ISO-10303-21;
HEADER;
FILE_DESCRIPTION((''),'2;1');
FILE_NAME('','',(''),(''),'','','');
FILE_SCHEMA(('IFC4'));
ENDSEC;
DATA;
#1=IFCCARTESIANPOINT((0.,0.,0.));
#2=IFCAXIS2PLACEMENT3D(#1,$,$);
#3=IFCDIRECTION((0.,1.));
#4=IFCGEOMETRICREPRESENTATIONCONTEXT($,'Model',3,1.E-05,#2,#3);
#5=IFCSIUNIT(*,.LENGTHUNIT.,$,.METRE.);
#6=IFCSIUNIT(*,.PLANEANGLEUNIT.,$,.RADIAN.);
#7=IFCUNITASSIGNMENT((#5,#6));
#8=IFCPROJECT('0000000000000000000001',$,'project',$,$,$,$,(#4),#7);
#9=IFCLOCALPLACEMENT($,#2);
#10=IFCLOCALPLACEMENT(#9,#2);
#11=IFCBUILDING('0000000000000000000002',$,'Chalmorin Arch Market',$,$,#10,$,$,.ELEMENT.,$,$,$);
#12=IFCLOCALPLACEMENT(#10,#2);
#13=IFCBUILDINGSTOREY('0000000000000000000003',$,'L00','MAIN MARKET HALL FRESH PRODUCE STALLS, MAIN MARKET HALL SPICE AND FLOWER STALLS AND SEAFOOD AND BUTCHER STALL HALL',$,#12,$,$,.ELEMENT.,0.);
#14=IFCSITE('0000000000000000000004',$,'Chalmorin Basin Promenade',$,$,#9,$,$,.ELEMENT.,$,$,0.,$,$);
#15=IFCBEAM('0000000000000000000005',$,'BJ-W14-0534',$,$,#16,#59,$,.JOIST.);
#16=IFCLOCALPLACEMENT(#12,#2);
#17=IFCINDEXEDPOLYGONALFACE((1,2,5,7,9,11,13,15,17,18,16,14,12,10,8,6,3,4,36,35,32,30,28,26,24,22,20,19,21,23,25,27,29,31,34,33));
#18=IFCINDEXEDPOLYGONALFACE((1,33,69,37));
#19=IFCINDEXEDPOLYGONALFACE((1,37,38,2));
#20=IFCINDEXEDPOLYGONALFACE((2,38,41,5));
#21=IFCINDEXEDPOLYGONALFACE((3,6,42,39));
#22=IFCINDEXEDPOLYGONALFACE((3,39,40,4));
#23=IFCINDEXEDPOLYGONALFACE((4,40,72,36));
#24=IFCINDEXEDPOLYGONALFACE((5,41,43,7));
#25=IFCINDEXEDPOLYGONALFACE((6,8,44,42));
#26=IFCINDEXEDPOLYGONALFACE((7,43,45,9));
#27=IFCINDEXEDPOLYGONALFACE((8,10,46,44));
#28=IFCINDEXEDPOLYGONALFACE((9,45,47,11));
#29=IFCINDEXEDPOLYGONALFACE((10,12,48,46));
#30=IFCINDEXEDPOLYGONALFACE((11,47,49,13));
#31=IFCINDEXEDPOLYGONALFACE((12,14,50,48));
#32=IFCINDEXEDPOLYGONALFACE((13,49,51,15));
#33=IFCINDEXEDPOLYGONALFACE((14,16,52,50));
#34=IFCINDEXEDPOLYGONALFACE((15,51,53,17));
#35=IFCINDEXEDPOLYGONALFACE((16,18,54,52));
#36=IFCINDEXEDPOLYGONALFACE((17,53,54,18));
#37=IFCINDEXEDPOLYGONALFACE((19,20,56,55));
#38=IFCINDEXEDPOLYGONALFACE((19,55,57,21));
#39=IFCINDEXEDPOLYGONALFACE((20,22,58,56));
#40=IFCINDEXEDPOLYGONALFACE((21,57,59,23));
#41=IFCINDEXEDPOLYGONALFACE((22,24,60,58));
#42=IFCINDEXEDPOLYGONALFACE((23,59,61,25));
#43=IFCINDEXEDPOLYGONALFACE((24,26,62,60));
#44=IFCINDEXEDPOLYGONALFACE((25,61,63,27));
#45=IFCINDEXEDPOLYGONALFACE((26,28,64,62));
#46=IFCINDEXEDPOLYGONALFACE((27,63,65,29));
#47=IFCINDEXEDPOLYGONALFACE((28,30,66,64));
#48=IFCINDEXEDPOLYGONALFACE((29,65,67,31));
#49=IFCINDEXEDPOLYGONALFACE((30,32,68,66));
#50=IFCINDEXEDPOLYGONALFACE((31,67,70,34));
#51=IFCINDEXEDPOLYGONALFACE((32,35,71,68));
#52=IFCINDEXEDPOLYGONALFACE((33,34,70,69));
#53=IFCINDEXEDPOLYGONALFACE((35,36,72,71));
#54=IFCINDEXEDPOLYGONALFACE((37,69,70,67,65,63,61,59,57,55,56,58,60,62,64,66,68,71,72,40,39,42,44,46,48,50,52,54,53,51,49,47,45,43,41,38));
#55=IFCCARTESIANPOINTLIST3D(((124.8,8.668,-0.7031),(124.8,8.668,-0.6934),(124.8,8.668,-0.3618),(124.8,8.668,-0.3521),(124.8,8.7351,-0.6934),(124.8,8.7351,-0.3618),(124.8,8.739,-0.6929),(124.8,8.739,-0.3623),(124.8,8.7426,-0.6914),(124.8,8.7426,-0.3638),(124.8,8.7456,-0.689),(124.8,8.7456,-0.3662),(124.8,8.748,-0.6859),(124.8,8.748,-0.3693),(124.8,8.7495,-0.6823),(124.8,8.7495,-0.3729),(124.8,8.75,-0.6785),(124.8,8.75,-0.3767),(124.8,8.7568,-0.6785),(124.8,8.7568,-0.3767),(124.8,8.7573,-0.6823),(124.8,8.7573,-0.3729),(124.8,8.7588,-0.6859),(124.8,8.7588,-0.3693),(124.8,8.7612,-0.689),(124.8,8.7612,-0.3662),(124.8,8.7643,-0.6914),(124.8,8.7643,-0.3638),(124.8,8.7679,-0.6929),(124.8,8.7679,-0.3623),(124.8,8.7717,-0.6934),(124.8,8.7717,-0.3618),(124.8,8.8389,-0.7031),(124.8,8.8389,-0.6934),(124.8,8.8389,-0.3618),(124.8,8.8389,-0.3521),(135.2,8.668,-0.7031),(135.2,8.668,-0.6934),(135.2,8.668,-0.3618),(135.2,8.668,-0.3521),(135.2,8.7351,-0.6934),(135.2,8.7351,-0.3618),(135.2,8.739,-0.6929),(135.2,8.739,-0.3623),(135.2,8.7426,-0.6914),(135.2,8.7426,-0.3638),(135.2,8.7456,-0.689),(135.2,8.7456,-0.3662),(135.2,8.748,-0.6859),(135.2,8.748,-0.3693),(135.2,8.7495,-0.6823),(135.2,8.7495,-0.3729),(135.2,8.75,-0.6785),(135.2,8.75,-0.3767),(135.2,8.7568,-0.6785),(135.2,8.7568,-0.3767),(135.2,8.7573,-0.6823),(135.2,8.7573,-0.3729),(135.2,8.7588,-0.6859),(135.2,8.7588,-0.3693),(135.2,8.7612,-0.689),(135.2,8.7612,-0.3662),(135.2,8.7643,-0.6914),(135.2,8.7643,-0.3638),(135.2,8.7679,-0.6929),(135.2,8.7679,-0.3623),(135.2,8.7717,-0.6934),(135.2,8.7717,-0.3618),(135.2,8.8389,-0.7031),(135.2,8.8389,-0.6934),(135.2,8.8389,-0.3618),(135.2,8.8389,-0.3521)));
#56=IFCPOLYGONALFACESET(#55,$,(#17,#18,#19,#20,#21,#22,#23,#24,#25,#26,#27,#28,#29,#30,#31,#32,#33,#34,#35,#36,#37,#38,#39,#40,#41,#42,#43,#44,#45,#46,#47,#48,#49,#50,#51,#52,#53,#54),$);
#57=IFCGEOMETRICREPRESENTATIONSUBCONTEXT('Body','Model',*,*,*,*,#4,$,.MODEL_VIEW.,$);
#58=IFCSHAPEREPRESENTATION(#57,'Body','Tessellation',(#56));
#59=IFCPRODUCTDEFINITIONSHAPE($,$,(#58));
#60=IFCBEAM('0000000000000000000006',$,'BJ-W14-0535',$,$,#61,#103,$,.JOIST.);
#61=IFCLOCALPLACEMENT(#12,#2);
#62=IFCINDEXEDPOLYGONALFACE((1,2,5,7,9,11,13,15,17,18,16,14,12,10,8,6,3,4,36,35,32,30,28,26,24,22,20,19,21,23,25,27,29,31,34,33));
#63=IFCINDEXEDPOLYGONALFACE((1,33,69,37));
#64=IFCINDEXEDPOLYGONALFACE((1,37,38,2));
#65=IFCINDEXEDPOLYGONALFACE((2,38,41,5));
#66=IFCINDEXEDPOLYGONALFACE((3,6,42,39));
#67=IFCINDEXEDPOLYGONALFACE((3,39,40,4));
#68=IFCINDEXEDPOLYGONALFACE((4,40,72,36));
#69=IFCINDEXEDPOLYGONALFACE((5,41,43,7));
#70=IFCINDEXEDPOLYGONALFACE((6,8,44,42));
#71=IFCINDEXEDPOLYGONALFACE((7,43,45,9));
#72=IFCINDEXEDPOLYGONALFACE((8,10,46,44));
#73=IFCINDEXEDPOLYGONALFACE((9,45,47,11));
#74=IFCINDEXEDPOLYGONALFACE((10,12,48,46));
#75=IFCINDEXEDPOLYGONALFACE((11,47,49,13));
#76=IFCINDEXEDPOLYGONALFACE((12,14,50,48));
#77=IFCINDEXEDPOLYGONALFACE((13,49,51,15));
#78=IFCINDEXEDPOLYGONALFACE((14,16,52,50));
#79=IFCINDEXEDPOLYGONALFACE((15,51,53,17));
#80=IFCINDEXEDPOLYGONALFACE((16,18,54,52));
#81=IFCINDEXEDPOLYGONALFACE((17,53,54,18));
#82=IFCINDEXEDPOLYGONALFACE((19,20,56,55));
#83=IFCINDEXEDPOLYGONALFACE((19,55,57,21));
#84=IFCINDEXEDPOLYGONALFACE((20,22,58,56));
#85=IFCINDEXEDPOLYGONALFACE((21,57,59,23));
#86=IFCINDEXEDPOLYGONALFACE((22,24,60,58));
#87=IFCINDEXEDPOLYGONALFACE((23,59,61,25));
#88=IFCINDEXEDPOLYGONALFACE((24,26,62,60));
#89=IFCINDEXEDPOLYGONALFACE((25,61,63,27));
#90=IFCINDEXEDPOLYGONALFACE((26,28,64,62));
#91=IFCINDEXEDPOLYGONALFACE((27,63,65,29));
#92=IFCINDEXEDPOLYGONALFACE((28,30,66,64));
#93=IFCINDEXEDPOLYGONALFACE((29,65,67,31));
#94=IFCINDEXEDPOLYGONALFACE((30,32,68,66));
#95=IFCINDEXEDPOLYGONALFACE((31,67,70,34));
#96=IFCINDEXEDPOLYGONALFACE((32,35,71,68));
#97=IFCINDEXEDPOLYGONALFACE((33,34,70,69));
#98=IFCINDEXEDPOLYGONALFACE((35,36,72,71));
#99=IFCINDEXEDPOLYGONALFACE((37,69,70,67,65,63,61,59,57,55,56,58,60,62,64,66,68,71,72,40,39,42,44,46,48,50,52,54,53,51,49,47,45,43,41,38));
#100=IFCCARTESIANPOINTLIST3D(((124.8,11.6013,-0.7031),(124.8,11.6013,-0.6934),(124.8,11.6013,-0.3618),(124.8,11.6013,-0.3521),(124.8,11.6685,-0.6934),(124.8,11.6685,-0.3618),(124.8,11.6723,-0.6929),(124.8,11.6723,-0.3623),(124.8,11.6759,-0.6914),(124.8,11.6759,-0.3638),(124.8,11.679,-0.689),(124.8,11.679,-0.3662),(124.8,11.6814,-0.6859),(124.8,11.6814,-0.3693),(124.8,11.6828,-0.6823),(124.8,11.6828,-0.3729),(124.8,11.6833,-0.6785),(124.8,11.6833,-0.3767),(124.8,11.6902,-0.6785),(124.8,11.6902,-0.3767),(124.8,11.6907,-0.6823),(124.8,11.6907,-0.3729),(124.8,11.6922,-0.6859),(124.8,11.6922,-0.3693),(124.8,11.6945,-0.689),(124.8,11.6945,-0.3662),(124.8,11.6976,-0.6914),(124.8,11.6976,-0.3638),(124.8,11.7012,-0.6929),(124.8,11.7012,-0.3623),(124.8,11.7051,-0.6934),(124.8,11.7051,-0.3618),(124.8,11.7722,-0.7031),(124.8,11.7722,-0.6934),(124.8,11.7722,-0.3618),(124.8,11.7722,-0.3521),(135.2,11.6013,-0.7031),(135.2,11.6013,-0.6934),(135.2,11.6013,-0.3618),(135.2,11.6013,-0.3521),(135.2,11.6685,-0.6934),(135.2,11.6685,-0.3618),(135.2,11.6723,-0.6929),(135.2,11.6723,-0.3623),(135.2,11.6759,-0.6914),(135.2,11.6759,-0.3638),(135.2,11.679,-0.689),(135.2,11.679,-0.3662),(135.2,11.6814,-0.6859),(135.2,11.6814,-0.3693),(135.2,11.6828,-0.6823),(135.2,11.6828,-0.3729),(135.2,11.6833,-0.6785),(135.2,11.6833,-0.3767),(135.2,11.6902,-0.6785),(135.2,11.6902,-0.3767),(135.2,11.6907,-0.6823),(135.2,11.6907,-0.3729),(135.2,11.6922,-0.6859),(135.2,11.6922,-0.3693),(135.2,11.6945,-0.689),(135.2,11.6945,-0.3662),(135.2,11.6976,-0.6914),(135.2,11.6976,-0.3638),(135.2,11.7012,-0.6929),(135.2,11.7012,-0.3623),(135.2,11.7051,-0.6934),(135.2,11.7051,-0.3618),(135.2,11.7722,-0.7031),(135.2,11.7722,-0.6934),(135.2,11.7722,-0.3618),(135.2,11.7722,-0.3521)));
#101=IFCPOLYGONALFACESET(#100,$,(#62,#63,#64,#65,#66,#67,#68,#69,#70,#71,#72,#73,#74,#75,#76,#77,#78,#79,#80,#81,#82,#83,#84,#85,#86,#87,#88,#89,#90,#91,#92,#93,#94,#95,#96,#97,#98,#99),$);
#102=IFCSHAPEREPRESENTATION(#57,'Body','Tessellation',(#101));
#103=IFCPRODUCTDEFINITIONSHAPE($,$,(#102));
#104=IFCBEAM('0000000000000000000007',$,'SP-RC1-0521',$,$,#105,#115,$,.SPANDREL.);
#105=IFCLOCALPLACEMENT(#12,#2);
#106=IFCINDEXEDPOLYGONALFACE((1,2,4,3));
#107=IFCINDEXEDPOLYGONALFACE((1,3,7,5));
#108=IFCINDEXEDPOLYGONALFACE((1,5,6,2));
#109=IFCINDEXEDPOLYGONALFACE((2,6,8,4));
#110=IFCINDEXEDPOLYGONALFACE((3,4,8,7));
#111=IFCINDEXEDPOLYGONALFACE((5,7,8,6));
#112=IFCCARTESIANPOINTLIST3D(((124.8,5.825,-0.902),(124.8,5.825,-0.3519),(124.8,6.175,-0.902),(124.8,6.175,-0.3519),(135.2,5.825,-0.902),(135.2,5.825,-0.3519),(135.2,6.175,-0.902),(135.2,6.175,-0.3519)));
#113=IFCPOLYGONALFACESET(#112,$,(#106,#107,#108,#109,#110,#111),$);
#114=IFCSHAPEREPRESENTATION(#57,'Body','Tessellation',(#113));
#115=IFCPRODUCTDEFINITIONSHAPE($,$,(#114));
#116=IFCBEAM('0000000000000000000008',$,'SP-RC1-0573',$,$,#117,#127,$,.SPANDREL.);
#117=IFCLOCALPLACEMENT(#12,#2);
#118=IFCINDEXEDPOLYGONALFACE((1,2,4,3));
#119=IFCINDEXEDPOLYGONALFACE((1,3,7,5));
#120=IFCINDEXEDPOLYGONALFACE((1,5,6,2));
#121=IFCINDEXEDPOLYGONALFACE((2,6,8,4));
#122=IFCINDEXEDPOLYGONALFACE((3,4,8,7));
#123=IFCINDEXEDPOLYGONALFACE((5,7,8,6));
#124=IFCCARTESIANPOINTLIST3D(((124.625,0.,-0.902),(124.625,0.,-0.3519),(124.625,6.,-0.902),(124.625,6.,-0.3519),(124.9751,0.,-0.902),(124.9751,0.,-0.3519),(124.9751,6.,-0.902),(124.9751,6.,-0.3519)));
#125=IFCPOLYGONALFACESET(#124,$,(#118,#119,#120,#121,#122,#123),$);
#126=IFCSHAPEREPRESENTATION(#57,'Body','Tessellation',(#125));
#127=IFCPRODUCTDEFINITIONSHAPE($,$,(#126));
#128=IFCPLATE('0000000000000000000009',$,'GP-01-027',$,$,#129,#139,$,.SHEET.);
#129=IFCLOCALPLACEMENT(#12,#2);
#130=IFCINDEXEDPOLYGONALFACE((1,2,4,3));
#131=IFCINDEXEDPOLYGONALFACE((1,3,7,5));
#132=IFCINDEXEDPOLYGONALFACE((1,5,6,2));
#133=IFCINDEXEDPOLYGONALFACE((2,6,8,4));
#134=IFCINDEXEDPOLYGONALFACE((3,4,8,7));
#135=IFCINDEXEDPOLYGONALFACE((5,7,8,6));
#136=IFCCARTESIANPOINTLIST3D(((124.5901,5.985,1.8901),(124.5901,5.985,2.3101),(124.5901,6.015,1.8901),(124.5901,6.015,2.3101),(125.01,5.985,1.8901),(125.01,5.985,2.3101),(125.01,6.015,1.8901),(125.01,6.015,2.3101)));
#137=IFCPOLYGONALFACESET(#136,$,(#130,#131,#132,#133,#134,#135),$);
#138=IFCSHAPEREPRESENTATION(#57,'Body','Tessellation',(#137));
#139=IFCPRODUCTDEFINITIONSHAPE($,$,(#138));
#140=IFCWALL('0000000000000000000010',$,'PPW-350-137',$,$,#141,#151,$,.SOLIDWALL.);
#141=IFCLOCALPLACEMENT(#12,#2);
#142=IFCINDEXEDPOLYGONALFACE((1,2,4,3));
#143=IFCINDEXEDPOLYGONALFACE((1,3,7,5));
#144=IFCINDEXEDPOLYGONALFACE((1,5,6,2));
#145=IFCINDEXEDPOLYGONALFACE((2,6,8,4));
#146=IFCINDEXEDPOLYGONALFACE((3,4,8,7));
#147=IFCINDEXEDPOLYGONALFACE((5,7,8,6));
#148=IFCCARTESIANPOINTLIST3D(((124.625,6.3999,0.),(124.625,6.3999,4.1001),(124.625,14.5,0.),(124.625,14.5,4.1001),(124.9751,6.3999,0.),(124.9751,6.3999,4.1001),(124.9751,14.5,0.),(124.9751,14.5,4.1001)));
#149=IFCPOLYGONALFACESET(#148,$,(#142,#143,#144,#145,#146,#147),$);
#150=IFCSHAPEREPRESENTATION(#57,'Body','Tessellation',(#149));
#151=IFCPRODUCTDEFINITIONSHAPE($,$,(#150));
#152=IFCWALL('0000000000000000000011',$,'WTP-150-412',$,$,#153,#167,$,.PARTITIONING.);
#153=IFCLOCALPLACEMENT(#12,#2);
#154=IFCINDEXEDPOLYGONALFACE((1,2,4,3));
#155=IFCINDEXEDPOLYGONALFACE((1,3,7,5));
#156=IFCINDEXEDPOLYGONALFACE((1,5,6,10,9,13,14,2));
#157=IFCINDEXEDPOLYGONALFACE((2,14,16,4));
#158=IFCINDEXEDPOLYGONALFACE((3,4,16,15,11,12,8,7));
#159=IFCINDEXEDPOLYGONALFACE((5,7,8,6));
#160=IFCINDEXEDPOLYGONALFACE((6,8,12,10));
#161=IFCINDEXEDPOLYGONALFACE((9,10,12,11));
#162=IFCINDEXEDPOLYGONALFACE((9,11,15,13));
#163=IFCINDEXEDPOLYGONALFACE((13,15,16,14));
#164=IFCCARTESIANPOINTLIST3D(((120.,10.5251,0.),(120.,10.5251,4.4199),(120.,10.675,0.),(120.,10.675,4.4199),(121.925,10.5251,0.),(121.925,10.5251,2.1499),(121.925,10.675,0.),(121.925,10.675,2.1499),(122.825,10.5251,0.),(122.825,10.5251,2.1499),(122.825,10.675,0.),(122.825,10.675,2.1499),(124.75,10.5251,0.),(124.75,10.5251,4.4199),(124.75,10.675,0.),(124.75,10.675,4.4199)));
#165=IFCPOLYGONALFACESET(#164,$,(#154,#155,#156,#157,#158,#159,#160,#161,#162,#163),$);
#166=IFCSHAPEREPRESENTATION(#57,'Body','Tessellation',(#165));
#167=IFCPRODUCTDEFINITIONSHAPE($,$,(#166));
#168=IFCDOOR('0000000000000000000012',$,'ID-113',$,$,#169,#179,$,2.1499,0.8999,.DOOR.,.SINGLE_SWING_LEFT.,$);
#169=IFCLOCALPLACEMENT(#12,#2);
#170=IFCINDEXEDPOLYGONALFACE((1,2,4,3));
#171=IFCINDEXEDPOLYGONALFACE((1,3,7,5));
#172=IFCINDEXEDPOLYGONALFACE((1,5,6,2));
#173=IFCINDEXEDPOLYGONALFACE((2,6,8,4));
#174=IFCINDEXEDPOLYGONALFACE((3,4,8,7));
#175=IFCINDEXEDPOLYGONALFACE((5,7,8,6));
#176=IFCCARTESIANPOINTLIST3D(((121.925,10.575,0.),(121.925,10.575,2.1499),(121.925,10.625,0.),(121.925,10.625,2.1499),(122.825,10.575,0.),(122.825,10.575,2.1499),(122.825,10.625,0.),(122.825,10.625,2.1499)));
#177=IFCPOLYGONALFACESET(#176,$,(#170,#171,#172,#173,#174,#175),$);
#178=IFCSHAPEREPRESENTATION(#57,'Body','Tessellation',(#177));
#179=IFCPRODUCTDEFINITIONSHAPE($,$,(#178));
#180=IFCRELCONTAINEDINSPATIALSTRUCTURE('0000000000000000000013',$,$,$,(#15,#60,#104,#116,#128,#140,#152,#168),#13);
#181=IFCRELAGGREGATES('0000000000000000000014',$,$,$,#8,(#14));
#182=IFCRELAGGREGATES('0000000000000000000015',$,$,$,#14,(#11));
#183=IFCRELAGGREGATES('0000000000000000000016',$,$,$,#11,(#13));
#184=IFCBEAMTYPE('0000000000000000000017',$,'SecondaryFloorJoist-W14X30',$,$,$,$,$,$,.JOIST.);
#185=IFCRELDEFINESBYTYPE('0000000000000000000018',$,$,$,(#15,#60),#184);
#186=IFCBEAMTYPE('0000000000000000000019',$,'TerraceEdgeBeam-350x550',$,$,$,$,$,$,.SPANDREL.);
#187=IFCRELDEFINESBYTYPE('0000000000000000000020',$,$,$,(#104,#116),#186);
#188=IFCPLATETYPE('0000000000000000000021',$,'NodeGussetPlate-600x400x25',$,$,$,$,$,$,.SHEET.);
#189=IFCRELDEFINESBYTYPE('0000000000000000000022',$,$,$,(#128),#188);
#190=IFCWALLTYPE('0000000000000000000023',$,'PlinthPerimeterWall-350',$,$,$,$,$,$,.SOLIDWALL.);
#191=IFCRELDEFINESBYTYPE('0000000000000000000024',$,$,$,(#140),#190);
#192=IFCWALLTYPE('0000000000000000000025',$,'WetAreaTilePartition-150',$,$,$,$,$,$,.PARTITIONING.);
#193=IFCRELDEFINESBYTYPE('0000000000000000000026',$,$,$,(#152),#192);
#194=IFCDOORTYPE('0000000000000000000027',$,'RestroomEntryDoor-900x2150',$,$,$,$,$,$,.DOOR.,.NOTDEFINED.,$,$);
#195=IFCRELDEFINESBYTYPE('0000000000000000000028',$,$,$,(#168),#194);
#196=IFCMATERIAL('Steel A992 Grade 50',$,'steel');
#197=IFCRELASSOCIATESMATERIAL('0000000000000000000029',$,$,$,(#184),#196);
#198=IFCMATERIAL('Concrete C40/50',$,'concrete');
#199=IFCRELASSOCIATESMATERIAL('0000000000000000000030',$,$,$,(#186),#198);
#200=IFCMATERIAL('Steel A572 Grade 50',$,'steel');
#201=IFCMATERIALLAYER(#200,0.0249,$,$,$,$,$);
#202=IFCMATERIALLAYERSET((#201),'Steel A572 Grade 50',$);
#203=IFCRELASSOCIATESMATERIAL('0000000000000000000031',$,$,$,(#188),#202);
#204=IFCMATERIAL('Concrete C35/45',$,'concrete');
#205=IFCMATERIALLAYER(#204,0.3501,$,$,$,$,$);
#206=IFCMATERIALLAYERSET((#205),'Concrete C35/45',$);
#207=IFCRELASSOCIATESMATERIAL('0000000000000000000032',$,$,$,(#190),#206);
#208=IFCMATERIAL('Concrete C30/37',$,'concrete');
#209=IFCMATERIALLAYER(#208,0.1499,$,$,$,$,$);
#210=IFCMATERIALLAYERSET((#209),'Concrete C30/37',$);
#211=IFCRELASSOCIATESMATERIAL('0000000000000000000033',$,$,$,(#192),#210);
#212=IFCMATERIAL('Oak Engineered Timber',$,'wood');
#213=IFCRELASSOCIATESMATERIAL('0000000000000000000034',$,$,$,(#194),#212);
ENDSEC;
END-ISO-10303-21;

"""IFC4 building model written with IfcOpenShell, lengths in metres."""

from ifc_helpers import new_model, si_unit, direction, frame, frame_2d, origin, origin_2d, place, context, subcontext, project, spatial, rectangle, i_section, extrude, material, layer, layer_set, material_profile, profile_set, type_object, element, fill, save


model = new_model("IFC4")

# Units and contexts
model_context = context("Model", 3, precision=1e-05, world=origin(), true_north=direction((0.0, 1.0)))
body_context = subcontext(model_context, "Body", "Model", "MODEL_VIEW")
ifc_project = project(units=[si_unit("LENGTHUNIT", "METRE"), si_unit("PLANEANGLEUNIT", "RADIAN")], contexts=[model_context])

# Site, building, storey
site_placement = place(None, origin())
site = spatial("IfcSite", under=ifc_project, at=site_placement, Name="Chalmorin Basin Promenade", CompositionType="ELEMENT", RefElevation=0.0)
building_placement = place(site_placement, origin())
building = spatial("IfcBuilding", under=site, at=building_placement, Name="Chalmorin Arch Market", CompositionType="ELEMENT")
storey_placement = place(building_placement, origin())
storey = spatial("IfcBuildingStorey", under=building, at=storey_placement, Name="L00", Description="MAIN MARKET HALL FRESH PRODUCE STALLS, MAIN MARKET HALL SPICE AND FLOWER STALLS AND SEAFOOD AND BUTCHER STALL HALL", CompositionType="ELEMENT", Elevation=0.0)

# Shared definitions
ifc_material_1 = material(Name="Concrete C40/50", Category="concrete")

# Beams
ifc_material_2 = material(Name="Steel A992 Grade 50", Category="steel")
ifc_material_profile_1 = material_profile(ifc_material_2, i_section(OverallWidth=0.1709, OverallDepth=0.3511, WebThickness=0.0068, FlangeThickness=0.0098, FilletRadius=0.0149, at=origin_2d()), Name="W14X30")
ifc_profile_set_1 = profile_set([ifc_material_profile_1], Name="Steel A992 Grade 50")
beam_type_1 = type_object("IfcBeamType", Name="SecondaryFloorJoist-W14X30", PredefinedType="JOIST", material=ifc_profile_set_1)
for number, where, z_axis, x_axis, name in (
    (1, (124.8, 8.7534, -0.5276), (1.0, 0.0, 0.0), (0.0, 1.0, 0.0), "BJ-W14-0534"),
    (2, (124.8, 11.6868, -0.5276), (1.0, 0.0, 0.0), (0.0, 1.0, 0.0), "BJ-W14-0535"),
):
    element("IfcBeam", number, at=place(storey_placement, frame(where, z_axis=z_axis, x_axis=x_axis)), inside=storey, type_object=beam_type_1, Name=name, PredefinedType="JOIST", context=body_context, shape_type="SweptSolid", body=[
        extrude(i_section(OverallWidth=0.1709, OverallDepth=0.3511, WebThickness=0.0068, FlangeThickness=0.0098, FilletRadius=0.0149, at=origin_2d()), origin(), (0.0, 0.0, 1.0), 10.3999),
    ])
ifc_material_profile_2 = material_profile(ifc_material_1, rectangle(XDim=0.3501, YDim=0.55, at=origin_2d()), Name="RC350X550")
ifc_profile_set_2 = profile_set([ifc_material_profile_2], Name="Concrete C40/50")
beam_type_2 = type_object("IfcBeamType", Name="TerraceEdgeBeam-350x550", PredefinedType="SPANDREL", material=ifc_profile_set_2)
beam_1_placement = place(storey_placement, frame((124.8, 6.0, -0.627), z_axis=(1.0, 0.0, 0.0), x_axis=(0.0, 1.0, 0.0)))
element("IfcBeam", 3, at=beam_1_placement, inside=storey, type_object=beam_type_2, Name="SP-RC1-0521", PredefinedType="SPANDREL", context=body_context, shape_type="SweptSolid", body=[
    extrude(rectangle(XDim=0.3501, YDim=0.55, at=origin_2d()), origin(), (0.0, 0.0, 1.0), 10.3999),
])
beam_2_placement = place(storey_placement, frame((124.8, 0.0, -0.627), z_axis=(0.0, 1.0, 0.0), x_axis=(-1.0, 0.0, 0.0)))
element("IfcBeam", 4, at=beam_2_placement, inside=storey, type_object=beam_type_2, Name="SP-RC1-0573", PredefinedType="SPANDREL", context=body_context, shape_type="SweptSolid", body=[
    extrude(rectangle(XDim=0.3501, YDim=0.55, at=origin_2d()), origin(), (0.0, 0.0, 1.0), 6.0),
])

# Plate
ifc_material_3 = material(Name="Steel A572 Grade 50", Category="steel")
ifc_layer_1 = layer(ifc_material_3, 0.0249)
ifc_layer_set_1 = layer_set([ifc_layer_1], Name="Steel A572 Grade 50")
plate_type = type_object("IfcPlateType", Name="NodeGussetPlate-600x400x25", PredefinedType="SHEET", material=ifc_layer_set_1)
plate_placement = place(storey_placement, frame((124.8, 6.0, 1.8901), z_axis=(0.0, 0.0, 1.0), x_axis=(1.0, 0.0, 0.0)))
element("IfcPlate", 5, at=plate_placement, inside=storey, type_object=plate_type, Name="GP-01-027", PredefinedType="SHEET", context=body_context, shape_type="SweptSolid", body=[
    extrude(rectangle(XDim=0.4199, YDim=0.03, at=origin_2d()), origin(), (0.0, 0.0, 1.0), 0.4199),
])

# Wall
ifc_material_4 = material(Name="Concrete C35/45", Category="concrete")
ifc_layer_2 = layer(ifc_material_4, 0.3501)
ifc_layer_set_2 = layer_set([ifc_layer_2], Name="Concrete C35/45")
wall_type_1 = type_object("IfcWallType", Name="PlinthPerimeterWall-350", PredefinedType="SOLIDWALL", material=ifc_layer_set_2)
wall_1_placement = place(storey_placement, frame((124.8, 6.3999, 0.0), z_axis=(0.0, 0.0, 1.0), x_axis=(0.0, 1.0, 0.0)))
element("IfcWall", 6, at=wall_1_placement, inside=storey, type_object=wall_type_1, Name="PPW-350-137", PredefinedType="SOLIDWALL", context=body_context, shape_type="SweptSolid", body=[
    extrude(rectangle(XDim=8.1001, YDim=0.3501, at=frame_2d((4.05, 0.0))), origin(), (0.0, 0.0, 1.0), 4.1001),
])

# Wall, opening, door
ifc_material_5 = material(Name="Concrete C30/37", Category="concrete")
ifc_layer_3 = layer(ifc_material_5, 0.1499)
ifc_layer_set_3 = layer_set([ifc_layer_3], Name="Concrete C30/37")
wall_type_2 = type_object("IfcWallType", Name="WetAreaTilePartition-150", PredefinedType="PARTITIONING", material=ifc_layer_set_3)
wall_2_placement = place(storey_placement, frame((120.0, 10.6001, 0.0), z_axis=(0.0, 0.0, 1.0), x_axis=(1.0, 0.0, 0.0)))
wall_2 = element("IfcWall", 7, at=wall_2_placement, inside=storey, type_object=wall_type_2, Name="WTP-150-412", PredefinedType="PARTITIONING", context=body_context, shape_type="SweptSolid", body=[
    extrude(rectangle(XDim=4.75, YDim=0.1499, at=frame_2d((2.375, 0.0))), origin(), (0.0, 0.0, 1.0), 4.4199),
])
opening_1_placement = place(wall_2_placement, frame((1.925, 0.0, 0.0)))
opening_1 = element("IfcOpeningElement", 8, at=opening_1_placement, cuts=wall_2, PredefinedType="OPENING", context=body_context, shape_type="SweptSolid", body=[
    extrude(rectangle(XDim=0.8999, YDim=2.1499, at=frame_2d((0.45, 1.075))), frame((0.0, 0.085, 0.0), z_axis=(0.0, -1.0, 0.0), x_axis=(1.0, 0.0, 0.0)), (0.0, 0.0, 1.0), 0.1699),
])
ifc_material_6 = material(Name="Oak Engineered Timber", Category="wood")
door_type_1 = type_object("IfcDoorType", Name="RestroomEntryDoor-900x2150", OperationType="NOTDEFINED", PredefinedType="DOOR", material=ifc_material_6)
door_1_placement = place(opening_1_placement, origin())
door_1 = element("IfcDoor", 9, at=door_1_placement, inside=storey, type_object=door_type_1, Name="ID-113", OperationType="SINGLE_SWING_LEFT", OverallHeight=2.1499, OverallWidth=0.8999, PredefinedType="DOOR", context=body_context, shape_type="SweptSolid", body=[
    extrude(rectangle(XDim=0.8999, YDim=2.1499, at=frame_2d((0.45, 1.075))), frame((0.0, 0.0249, 0.0), z_axis=(0.0, -1.0, 0.0), x_axis=(1.0, 0.0, 0.0)), (0.0, 0.0, 1.0), 0.05),
])
fill(opening_1, door_1)

save(model, "model.ifc")
